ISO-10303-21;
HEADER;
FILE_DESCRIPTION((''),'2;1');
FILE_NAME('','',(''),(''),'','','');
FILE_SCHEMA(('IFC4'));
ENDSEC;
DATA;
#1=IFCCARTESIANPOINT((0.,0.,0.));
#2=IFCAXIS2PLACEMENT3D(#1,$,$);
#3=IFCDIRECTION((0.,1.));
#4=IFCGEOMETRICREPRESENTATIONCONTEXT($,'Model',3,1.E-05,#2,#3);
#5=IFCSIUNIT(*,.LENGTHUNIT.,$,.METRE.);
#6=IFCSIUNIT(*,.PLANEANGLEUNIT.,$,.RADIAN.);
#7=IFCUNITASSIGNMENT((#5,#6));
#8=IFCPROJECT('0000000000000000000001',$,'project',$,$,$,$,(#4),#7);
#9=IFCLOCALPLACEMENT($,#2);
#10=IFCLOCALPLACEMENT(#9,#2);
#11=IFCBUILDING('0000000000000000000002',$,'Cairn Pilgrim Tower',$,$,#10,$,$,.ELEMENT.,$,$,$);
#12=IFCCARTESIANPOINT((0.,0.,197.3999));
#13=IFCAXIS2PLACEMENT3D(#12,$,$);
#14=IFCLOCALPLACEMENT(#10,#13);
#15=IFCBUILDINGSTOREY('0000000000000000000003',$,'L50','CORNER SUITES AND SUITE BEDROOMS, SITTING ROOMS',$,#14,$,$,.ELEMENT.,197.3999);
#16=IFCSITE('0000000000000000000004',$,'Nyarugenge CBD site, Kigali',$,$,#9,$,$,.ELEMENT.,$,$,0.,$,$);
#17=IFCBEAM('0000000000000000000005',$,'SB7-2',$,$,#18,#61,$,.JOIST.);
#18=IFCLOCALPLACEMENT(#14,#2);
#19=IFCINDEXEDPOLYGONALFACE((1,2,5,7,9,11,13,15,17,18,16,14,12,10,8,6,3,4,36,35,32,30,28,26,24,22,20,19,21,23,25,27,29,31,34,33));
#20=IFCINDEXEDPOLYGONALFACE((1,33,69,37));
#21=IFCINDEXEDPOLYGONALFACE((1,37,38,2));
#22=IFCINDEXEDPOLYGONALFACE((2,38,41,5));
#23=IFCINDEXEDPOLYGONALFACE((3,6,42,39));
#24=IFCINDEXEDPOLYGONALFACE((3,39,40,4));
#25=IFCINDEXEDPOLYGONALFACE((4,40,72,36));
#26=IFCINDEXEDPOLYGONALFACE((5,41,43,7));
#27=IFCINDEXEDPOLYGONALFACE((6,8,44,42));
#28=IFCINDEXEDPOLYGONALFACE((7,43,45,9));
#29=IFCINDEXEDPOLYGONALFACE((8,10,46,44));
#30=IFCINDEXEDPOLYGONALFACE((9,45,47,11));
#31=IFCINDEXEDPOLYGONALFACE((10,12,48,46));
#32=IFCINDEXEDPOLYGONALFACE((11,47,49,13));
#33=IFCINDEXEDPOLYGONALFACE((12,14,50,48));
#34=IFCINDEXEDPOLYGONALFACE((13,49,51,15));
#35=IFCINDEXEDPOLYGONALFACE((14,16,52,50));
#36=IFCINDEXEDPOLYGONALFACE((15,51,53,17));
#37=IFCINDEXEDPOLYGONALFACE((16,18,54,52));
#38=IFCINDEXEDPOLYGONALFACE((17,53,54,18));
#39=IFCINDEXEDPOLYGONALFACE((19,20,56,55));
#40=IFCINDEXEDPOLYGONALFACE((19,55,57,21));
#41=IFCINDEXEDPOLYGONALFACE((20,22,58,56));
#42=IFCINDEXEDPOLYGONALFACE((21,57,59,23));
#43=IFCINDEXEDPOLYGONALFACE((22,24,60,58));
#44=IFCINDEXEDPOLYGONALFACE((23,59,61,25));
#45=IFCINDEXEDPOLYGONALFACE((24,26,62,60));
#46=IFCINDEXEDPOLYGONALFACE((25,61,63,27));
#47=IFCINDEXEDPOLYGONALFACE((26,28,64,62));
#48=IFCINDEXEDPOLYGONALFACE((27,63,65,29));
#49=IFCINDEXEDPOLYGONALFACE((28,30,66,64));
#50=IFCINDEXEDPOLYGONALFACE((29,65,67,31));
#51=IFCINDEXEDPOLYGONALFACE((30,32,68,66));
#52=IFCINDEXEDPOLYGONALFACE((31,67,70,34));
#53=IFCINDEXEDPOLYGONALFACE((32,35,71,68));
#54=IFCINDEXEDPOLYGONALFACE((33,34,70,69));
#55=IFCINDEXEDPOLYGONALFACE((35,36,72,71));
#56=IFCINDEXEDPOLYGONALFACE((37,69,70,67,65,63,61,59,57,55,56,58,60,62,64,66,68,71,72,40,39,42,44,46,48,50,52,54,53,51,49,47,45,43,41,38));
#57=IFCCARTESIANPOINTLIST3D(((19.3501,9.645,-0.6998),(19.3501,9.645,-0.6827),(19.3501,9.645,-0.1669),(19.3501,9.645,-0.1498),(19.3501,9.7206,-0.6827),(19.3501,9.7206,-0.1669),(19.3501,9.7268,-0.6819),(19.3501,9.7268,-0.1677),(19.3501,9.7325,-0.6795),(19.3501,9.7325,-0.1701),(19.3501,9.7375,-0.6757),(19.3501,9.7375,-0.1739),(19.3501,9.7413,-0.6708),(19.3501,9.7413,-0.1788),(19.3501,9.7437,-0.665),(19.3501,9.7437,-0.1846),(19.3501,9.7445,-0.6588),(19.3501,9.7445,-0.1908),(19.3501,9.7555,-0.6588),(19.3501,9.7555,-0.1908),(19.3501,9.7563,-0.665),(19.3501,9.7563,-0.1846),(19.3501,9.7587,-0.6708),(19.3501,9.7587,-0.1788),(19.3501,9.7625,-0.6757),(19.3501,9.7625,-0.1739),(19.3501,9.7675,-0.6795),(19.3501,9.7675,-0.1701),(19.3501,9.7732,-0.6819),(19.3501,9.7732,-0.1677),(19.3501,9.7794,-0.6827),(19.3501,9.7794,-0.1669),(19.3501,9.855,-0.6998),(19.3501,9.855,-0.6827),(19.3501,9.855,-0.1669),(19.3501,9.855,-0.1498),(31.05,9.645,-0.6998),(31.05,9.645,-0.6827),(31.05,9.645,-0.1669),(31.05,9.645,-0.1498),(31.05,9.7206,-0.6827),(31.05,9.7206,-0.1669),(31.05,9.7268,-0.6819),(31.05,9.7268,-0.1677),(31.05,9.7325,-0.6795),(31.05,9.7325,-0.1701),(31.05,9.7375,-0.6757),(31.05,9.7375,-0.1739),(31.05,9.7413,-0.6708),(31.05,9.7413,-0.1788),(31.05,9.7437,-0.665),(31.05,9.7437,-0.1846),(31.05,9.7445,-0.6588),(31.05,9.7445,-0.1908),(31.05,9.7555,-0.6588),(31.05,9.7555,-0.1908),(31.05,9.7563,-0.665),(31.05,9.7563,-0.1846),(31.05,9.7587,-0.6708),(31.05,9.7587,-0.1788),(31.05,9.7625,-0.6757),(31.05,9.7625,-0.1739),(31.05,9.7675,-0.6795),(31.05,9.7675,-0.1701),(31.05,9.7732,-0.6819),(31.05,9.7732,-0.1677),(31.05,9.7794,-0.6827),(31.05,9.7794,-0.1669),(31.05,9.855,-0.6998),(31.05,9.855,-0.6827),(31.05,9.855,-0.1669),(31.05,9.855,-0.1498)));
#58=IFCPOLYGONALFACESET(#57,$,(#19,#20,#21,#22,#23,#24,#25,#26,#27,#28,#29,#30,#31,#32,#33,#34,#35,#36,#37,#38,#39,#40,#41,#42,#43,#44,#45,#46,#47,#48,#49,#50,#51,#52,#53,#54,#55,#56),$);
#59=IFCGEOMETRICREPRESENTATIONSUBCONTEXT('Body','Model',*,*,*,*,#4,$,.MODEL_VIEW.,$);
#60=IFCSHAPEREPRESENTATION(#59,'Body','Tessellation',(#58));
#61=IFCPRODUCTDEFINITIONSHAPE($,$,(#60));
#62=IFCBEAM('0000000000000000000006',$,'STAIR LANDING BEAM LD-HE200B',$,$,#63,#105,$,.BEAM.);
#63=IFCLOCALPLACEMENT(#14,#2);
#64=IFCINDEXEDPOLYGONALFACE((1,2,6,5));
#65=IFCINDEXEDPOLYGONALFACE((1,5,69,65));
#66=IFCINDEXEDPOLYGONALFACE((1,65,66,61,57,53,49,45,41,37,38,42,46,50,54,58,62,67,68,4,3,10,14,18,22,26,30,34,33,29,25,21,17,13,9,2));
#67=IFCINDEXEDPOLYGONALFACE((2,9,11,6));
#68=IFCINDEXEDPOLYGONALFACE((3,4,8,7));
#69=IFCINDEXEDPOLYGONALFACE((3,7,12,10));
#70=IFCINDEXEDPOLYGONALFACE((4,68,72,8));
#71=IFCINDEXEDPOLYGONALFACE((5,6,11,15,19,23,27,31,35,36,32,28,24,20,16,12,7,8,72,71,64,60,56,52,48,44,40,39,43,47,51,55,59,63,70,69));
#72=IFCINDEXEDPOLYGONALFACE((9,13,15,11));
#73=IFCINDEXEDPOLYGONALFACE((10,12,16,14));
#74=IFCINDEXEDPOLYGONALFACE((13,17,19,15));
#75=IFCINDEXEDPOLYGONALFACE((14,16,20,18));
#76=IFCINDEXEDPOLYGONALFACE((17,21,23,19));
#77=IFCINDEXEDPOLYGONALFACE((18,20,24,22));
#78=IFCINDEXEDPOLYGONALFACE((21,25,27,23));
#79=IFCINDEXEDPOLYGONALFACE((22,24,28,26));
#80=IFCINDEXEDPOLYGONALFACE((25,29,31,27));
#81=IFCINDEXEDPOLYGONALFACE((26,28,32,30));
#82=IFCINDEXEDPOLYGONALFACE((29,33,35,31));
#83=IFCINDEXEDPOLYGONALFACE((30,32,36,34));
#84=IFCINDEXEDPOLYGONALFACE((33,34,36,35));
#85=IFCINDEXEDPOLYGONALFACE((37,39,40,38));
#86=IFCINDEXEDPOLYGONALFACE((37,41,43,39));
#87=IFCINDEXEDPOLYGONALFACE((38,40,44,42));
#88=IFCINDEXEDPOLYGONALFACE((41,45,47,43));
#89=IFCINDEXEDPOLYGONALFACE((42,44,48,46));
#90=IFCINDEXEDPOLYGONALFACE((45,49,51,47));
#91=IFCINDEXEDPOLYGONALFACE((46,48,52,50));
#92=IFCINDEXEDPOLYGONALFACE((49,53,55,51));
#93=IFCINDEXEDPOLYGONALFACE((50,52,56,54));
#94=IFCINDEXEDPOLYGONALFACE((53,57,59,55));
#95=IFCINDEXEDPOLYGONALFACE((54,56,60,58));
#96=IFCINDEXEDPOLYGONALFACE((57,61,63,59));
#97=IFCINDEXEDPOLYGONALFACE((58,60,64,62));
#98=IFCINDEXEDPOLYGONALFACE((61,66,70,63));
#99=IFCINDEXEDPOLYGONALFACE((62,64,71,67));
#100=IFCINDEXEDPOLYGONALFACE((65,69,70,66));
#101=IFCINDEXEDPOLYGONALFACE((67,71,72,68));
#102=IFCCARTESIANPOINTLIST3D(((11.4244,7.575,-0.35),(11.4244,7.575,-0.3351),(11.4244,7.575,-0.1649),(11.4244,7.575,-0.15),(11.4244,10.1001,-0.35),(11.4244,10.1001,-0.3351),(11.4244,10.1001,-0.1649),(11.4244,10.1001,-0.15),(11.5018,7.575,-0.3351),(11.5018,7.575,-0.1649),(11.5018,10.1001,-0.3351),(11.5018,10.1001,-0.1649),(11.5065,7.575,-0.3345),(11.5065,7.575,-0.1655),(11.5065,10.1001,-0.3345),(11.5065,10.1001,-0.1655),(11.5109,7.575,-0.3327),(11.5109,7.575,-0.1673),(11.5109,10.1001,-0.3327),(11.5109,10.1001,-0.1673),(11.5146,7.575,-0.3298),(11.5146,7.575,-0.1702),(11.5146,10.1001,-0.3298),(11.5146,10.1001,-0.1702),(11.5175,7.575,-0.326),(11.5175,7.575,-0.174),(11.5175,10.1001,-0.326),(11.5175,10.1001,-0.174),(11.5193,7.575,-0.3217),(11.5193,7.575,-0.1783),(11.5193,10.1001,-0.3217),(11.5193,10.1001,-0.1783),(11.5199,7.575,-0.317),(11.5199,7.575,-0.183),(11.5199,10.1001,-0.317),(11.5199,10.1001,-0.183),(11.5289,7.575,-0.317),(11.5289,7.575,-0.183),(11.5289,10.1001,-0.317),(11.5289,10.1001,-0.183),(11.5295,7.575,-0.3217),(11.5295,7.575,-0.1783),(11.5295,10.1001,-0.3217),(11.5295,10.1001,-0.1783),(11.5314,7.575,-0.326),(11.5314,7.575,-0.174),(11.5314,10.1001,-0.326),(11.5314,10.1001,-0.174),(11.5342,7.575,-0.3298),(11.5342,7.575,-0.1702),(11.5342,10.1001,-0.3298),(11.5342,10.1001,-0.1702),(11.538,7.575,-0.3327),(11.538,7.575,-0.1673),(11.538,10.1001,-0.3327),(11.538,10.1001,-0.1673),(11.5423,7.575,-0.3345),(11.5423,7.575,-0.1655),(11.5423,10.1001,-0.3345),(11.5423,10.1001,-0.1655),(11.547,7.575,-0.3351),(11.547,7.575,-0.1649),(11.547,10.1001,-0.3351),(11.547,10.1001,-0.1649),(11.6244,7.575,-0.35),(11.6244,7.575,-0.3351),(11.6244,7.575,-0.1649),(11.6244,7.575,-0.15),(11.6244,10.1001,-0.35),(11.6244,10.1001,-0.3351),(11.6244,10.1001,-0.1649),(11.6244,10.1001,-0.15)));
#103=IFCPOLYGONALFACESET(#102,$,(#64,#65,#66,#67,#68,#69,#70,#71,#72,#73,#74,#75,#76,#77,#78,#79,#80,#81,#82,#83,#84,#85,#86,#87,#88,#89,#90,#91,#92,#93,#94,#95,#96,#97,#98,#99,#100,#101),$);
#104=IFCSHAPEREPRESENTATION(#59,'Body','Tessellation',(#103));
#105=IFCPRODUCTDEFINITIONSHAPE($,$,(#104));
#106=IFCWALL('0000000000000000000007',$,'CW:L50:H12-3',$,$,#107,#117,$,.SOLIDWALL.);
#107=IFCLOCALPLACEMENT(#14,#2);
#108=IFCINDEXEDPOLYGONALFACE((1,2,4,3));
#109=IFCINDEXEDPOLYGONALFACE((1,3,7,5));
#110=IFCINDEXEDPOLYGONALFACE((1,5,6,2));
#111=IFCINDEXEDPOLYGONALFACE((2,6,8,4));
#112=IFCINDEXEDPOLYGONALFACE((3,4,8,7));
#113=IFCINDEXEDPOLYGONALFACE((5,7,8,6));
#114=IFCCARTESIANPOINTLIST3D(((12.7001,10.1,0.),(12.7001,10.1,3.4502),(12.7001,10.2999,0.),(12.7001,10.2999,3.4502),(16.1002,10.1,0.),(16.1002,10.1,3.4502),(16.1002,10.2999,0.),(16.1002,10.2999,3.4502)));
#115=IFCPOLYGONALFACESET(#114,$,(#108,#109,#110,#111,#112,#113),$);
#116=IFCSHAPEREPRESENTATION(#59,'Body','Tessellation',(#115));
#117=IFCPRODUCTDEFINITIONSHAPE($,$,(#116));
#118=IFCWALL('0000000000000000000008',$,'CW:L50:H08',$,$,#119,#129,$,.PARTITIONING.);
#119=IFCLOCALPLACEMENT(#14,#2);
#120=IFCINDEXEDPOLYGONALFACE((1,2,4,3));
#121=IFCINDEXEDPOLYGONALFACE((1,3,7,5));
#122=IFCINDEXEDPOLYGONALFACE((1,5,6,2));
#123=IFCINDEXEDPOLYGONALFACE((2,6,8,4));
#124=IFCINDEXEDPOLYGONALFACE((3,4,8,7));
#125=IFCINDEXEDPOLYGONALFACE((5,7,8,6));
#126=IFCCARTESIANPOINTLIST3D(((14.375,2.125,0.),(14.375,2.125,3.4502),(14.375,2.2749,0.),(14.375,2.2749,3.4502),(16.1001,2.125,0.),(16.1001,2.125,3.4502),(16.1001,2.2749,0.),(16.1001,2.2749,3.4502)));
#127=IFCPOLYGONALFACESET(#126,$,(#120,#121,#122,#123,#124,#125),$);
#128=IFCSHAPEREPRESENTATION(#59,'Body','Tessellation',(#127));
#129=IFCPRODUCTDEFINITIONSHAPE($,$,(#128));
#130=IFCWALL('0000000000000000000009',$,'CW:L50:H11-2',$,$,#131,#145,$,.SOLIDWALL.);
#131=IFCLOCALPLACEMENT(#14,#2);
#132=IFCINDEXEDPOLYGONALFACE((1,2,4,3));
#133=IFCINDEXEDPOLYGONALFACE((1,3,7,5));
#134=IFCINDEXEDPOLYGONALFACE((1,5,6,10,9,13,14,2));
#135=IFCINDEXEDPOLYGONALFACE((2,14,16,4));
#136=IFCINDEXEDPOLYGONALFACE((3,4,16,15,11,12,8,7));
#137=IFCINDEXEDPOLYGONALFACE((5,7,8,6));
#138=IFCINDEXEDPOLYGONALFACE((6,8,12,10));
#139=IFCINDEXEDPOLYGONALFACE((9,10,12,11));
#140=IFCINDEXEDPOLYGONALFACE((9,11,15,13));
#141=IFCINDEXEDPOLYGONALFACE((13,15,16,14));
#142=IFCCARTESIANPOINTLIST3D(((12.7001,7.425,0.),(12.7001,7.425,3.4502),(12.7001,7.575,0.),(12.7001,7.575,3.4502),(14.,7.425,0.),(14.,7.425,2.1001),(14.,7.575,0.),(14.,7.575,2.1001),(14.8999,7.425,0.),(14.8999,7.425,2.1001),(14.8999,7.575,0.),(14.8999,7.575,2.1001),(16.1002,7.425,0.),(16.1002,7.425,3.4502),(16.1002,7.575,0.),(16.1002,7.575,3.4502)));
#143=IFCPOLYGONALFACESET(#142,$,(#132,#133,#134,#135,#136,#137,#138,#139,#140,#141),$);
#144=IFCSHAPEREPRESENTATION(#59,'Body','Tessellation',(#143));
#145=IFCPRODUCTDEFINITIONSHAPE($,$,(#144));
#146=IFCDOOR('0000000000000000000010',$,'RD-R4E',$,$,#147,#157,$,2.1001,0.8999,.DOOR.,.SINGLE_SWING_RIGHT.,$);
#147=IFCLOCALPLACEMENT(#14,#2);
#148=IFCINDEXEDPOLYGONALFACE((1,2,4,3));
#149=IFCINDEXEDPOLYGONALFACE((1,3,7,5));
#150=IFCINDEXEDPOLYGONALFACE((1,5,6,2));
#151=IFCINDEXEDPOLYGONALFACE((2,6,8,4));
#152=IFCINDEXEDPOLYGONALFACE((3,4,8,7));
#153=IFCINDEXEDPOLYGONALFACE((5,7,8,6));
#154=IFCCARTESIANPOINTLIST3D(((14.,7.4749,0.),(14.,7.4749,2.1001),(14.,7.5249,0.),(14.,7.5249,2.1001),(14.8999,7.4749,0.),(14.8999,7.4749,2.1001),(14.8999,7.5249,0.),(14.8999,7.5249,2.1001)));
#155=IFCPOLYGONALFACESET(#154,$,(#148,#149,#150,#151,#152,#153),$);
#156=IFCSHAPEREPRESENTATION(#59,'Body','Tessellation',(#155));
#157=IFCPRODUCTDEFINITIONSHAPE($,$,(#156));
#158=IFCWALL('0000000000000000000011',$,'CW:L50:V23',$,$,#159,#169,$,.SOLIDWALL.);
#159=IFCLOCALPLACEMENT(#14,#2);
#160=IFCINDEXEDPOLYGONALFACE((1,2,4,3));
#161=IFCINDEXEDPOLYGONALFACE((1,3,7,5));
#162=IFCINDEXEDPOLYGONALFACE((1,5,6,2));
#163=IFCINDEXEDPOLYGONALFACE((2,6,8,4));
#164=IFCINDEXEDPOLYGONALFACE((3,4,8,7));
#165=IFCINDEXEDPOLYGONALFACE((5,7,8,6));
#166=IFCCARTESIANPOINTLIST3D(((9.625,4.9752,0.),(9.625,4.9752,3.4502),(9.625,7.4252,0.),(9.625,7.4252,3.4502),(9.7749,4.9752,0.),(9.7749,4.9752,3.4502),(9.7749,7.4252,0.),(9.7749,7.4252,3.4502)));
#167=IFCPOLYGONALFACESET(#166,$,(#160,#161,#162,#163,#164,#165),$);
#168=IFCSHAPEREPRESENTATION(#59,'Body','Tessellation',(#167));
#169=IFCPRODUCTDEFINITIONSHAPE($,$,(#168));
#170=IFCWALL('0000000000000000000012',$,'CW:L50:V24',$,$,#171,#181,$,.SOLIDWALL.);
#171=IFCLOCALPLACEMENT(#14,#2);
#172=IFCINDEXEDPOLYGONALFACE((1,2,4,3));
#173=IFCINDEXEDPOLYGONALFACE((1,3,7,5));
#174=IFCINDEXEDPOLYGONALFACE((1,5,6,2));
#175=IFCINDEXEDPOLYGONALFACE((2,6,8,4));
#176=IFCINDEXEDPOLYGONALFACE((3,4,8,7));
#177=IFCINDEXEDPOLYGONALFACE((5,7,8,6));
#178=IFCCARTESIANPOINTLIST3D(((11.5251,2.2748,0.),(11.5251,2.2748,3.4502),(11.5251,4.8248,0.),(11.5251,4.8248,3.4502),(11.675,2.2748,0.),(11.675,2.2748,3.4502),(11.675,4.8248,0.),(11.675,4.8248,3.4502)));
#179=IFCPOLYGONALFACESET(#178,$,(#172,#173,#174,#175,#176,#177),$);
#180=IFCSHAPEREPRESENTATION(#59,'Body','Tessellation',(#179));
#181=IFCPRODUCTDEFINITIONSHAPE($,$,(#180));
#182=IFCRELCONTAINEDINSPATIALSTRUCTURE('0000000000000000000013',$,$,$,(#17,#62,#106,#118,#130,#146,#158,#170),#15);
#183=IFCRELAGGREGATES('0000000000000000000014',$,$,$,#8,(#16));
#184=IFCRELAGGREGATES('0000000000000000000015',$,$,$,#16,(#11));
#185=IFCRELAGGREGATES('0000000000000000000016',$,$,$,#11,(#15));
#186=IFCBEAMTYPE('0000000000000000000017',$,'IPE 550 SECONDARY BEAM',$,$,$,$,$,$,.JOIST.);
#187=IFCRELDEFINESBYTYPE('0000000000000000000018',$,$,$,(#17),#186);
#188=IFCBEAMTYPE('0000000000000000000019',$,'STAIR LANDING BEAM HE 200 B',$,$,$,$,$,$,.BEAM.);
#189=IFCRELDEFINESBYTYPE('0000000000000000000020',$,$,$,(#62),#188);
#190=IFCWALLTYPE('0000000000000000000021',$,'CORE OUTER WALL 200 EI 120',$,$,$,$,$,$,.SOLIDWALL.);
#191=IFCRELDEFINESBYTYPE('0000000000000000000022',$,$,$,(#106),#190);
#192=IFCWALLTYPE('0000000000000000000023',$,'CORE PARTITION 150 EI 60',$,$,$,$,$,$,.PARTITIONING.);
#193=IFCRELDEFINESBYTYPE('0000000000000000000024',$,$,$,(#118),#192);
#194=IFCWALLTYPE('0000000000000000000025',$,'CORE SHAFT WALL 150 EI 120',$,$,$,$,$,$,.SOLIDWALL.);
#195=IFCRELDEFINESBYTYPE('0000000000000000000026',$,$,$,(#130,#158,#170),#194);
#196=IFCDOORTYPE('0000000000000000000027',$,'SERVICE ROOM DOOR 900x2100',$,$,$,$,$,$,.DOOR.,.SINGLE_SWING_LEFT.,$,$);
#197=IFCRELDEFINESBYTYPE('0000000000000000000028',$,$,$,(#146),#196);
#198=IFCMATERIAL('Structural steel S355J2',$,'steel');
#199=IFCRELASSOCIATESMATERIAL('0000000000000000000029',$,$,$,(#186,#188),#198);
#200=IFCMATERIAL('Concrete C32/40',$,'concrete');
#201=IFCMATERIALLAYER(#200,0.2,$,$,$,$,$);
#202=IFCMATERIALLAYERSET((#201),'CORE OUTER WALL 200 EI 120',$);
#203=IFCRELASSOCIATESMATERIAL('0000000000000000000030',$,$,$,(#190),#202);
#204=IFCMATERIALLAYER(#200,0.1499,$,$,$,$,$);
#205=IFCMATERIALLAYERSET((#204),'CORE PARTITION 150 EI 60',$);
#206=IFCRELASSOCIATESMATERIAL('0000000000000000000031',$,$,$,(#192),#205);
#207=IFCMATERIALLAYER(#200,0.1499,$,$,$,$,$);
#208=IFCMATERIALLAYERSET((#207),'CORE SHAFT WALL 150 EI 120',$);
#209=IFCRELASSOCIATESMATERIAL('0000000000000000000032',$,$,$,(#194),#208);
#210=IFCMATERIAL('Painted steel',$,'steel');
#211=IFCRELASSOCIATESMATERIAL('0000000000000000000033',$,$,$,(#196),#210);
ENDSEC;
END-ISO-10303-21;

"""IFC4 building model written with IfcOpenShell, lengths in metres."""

from ifc_helpers import new_model, si_unit, direction, frame, frame_2d, origin, origin_2d, place, context, subcontext, project, spatial, rectangle, i_section, extrude, material, layer, layer_set, material_profile, profile_set, type_object, element, fill, save


model = new_model("IFC4")

# Units and contexts
model_context = context("Model", 3, precision=1e-05, world=origin(), true_north=direction((0.0, 1.0)))
body_context = subcontext(model_context, "Body", "Model", "MODEL_VIEW")
ifc_project = project(units=[si_unit("LENGTHUNIT", "METRE"), si_unit("PLANEANGLEUNIT", "RADIAN")], contexts=[model_context])

# Site, building, storey
site_placement = place(None, origin())
site = spatial("IfcSite", under=ifc_project, at=site_placement, Name="Nyarugenge CBD site, Kigali", CompositionType="ELEMENT", RefElevation=0.0)
building_placement = place(site_placement, origin())
building = spatial("IfcBuilding", under=site, at=building_placement, Name="Cairn Pilgrim Tower", CompositionType="ELEMENT")
storey_placement = place(building_placement, frame((0.0, 0.0, 197.3999)))
storey = spatial("IfcBuildingStorey", under=building, at=storey_placement, Name="L50", Description="CORNER SUITES AND SUITE BEDROOMS, SITTING ROOMS", CompositionType="ELEMENT", Elevation=197.3999)

# Shared definitions
ifc_material_1 = material(Name="Structural steel S355J2", Category="steel")

# Beams
ifc_material_profile_1 = material_profile(ifc_material_1, i_section(OverallWidth=0.21, OverallDepth=0.55, WebThickness=0.011, FlangeThickness=0.0171, FilletRadius=0.0239, at=origin_2d()), Name="IPE 550")
ifc_profile_set_1 = profile_set([ifc_material_profile_1], Name="Structural steel S355J2")
beam_type_1 = type_object("IfcBeamType", Name="IPE 550 SECONDARY BEAM", PredefinedType="JOIST", material=ifc_profile_set_1)
for number, where, z_axis, x_axis, name in (
    (1, (19.3501, 9.75, -0.4248), (1.0, 0.0, 0.0), (0.0, 1.0, 0.0), "SB7-2"),
):
    element("IfcBeam", number, at=place(storey_placement, frame(where, z_axis=z_axis, x_axis=x_axis)), inside=storey, type_object=beam_type_1, Name=name, PredefinedType="JOIST", context=body_context, shape_type="SweptSolid", body=[
        extrude(i_section(OverallWidth=0.21, OverallDepth=0.55, WebThickness=0.011, FlangeThickness=0.0171, FilletRadius=0.0239, at=origin_2d()), origin(), (0.0, 0.0, 1.0), 11.7),
    ])
ifc_material_profile_2 = material_profile(ifc_material_1, i_section(OverallWidth=0.2, OverallDepth=0.2, WebThickness=0.009, FlangeThickness=0.0149, FilletRadius=0.0181, at=origin_2d()), Name="HE 200 B")
ifc_profile_set_2 = profile_set([ifc_material_profile_2], Name="Structural steel S355J2")
beam_type_2 = type_object("IfcBeamType", Name="STAIR LANDING BEAM HE 200 B", PredefinedType="BEAM", material=ifc_profile_set_2)
beam_1_placement = place(storey_placement, frame((11.5244, 10.1001, -0.25), z_axis=(0.0, -1.0, 0.0), x_axis=(1.0, 0.0, 0.0)))
element("IfcBeam", 2, at=beam_1_placement, inside=storey, type_object=beam_type_2, Name="STAIR LANDING BEAM LD-HE200B", PredefinedType="BEAM", context=body_context, shape_type="SweptSolid", body=[
    extrude(i_section(OverallWidth=0.2, OverallDepth=0.2, WebThickness=0.009, FlangeThickness=0.0149, FilletRadius=0.0181, at=origin_2d()), origin(), (0.0, 0.0, 1.0), 2.5251),
])

# Walls
ifc_material_2 = material(Name="Concrete C32/40", Category="concrete")
ifc_layer_1 = layer(ifc_material_2, 0.2)
ifc_layer_set_1 = layer_set([ifc_layer_1], Name="CORE OUTER WALL 200 EI 120")
wall_type_1 = type_object("IfcWallType", Name="CORE OUTER WALL 200 EI 120", PredefinedType="SOLIDWALL", material=ifc_layer_set_1)
wall_1_placement = place(storey_placement, frame((12.7, 10.2, 0.0), z_axis=(0.0, 0.0, 1.0), x_axis=(1.0, 0.0, 0.0)))
element("IfcWall", 3, at=wall_1_placement, inside=storey, type_object=wall_type_1, Name="CW:L50:H12-3", PredefinedType="SOLIDWALL", context=body_context, shape_type="SweptSolid", body=[
    extrude(rectangle(XDim=3.4001, YDim=0.2, at=frame_2d((1.7002, 0.0))), origin(), (0.0, 0.0, 1.0), 3.4502),
])
ifc_layer_2 = layer(ifc_material_2, 0.1499)
ifc_layer_set_2 = layer_set([ifc_layer_2], Name="CORE PARTITION 150 EI 60")
wall_type_2 = type_object("IfcWallType", Name="CORE PARTITION 150 EI 60", PredefinedType="PARTITIONING", material=ifc_layer_set_2)
wall_2_placement = place(storey_placement, frame((14.375, 2.2, 0.0), z_axis=(0.0, 0.0, 1.0), x_axis=(1.0, 0.0, 0.0)))
element("IfcWall", 4, at=wall_2_placement, inside=storey, type_object=wall_type_2, Name="CW:L50:H08", PredefinedType="PARTITIONING", context=body_context, shape_type="SweptSolid", body=[
    extrude(rectangle(XDim=1.7251, YDim=0.1499, at=frame_2d((0.8625, 0.0))), origin(), (0.0, 0.0, 1.0), 3.4502),
])

# Wall, opening, door
ifc_layer_3 = layer(ifc_material_2, 0.1499)
ifc_layer_set_3 = layer_set([ifc_layer_3], Name="CORE SHAFT WALL 150 EI 120")
wall_type_3 = type_object("IfcWallType", Name="CORE SHAFT WALL 150 EI 120", PredefinedType="SOLIDWALL", material=ifc_layer_set_3)
wall_3_placement = place(storey_placement, frame((12.7, 7.5, 0.0), z_axis=(0.0, 0.0, 1.0), x_axis=(1.0, 0.0, 0.0)))
wall_3 = element("IfcWall", 5, at=wall_3_placement, inside=storey, type_object=wall_type_3, Name="CW:L50:H11-2", PredefinedType="SOLIDWALL", context=body_context, shape_type="SweptSolid", body=[
    extrude(rectangle(XDim=3.4001, YDim=0.1499, at=frame_2d((1.7002, 0.0))), origin(), (0.0, 0.0, 1.0), 3.4502),
])
opening_1_placement = place(wall_3_placement, frame((1.3, 0.0, 0.0)))
opening_1 = element("IfcOpeningElement", 6, at=opening_1_placement, cuts=wall_3, PredefinedType="OPENING", context=body_context, shape_type="SweptSolid", body=[
    extrude(rectangle(XDim=0.8999, YDim=2.1001, at=frame_2d((0.45, 1.05))), frame((0.0, 0.085, 0.0), z_axis=(0.0, -1.0, 0.0), x_axis=(1.0, 0.0, 0.0)), (0.0, 0.0, 1.0), 0.1699),
])
ifc_material_3 = material(Name="Painted steel", Category="steel")
door_type_1 = type_object("IfcDoorType", Name="SERVICE ROOM DOOR 900x2100", OperationType="SINGLE_SWING_LEFT", PredefinedType="DOOR", material=ifc_material_3)
door_1_placement = place(opening_1_placement, origin())
door_1 = element("IfcDoor", 7, at=door_1_placement, inside=storey, type_object=door_type_1, Name="RD-R4E", OperationType="SINGLE_SWING_RIGHT", OverallHeight=2.1001, OverallWidth=0.8999, PredefinedType="DOOR", context=body_context, shape_type="SweptSolid", body=[
    extrude(rectangle(XDim=0.8999, YDim=2.1001, at=frame_2d((0.45, 1.05))), frame((0.0, 0.0249, 0.0), z_axis=(0.0, -1.0, 0.0), x_axis=(1.0, 0.0, 0.0)), (0.0, 0.0, 1.0), 0.05),
])
fill(opening_1, door_1)

# Walls
wall_4_placement = place(storey_placement, frame((9.7, 4.9751, 0.0), z_axis=(0.0, 0.0, 1.0), x_axis=(0.0, 1.0, 0.0)))
element("IfcWall", 8, at=wall_4_placement, inside=storey, type_object=wall_type_3, Name="CW:L50:V23", PredefinedType="SOLIDWALL", context=body_context, shape_type="SweptSolid", body=[
    extrude(rectangle(XDim=2.45, YDim=0.1499, at=frame_2d((1.2251, 0.0))), origin(), (0.0, 0.0, 1.0), 3.4502),
])
for number, where, z_axis, x_axis, name in (
    (9, (11.6001, 2.2749, 0.0), (0.0, 0.0, 1.0), (0.0, 1.0, 0.0), "CW:L50:V24"),
):
    element("IfcWall", number, at=place(storey_placement, frame(where, z_axis=z_axis, x_axis=x_axis)), inside=storey, type_object=wall_type_3, Name=name, PredefinedType="SOLIDWALL", context=body_context, shape_type="SweptSolid", body=[
        extrude(rectangle(XDim=2.55, YDim=0.1499, at=frame_2d((1.2749, 0.0))), origin(), (0.0, 0.0, 1.0), 3.4502),
    ])

save(model, "model.ifc")
